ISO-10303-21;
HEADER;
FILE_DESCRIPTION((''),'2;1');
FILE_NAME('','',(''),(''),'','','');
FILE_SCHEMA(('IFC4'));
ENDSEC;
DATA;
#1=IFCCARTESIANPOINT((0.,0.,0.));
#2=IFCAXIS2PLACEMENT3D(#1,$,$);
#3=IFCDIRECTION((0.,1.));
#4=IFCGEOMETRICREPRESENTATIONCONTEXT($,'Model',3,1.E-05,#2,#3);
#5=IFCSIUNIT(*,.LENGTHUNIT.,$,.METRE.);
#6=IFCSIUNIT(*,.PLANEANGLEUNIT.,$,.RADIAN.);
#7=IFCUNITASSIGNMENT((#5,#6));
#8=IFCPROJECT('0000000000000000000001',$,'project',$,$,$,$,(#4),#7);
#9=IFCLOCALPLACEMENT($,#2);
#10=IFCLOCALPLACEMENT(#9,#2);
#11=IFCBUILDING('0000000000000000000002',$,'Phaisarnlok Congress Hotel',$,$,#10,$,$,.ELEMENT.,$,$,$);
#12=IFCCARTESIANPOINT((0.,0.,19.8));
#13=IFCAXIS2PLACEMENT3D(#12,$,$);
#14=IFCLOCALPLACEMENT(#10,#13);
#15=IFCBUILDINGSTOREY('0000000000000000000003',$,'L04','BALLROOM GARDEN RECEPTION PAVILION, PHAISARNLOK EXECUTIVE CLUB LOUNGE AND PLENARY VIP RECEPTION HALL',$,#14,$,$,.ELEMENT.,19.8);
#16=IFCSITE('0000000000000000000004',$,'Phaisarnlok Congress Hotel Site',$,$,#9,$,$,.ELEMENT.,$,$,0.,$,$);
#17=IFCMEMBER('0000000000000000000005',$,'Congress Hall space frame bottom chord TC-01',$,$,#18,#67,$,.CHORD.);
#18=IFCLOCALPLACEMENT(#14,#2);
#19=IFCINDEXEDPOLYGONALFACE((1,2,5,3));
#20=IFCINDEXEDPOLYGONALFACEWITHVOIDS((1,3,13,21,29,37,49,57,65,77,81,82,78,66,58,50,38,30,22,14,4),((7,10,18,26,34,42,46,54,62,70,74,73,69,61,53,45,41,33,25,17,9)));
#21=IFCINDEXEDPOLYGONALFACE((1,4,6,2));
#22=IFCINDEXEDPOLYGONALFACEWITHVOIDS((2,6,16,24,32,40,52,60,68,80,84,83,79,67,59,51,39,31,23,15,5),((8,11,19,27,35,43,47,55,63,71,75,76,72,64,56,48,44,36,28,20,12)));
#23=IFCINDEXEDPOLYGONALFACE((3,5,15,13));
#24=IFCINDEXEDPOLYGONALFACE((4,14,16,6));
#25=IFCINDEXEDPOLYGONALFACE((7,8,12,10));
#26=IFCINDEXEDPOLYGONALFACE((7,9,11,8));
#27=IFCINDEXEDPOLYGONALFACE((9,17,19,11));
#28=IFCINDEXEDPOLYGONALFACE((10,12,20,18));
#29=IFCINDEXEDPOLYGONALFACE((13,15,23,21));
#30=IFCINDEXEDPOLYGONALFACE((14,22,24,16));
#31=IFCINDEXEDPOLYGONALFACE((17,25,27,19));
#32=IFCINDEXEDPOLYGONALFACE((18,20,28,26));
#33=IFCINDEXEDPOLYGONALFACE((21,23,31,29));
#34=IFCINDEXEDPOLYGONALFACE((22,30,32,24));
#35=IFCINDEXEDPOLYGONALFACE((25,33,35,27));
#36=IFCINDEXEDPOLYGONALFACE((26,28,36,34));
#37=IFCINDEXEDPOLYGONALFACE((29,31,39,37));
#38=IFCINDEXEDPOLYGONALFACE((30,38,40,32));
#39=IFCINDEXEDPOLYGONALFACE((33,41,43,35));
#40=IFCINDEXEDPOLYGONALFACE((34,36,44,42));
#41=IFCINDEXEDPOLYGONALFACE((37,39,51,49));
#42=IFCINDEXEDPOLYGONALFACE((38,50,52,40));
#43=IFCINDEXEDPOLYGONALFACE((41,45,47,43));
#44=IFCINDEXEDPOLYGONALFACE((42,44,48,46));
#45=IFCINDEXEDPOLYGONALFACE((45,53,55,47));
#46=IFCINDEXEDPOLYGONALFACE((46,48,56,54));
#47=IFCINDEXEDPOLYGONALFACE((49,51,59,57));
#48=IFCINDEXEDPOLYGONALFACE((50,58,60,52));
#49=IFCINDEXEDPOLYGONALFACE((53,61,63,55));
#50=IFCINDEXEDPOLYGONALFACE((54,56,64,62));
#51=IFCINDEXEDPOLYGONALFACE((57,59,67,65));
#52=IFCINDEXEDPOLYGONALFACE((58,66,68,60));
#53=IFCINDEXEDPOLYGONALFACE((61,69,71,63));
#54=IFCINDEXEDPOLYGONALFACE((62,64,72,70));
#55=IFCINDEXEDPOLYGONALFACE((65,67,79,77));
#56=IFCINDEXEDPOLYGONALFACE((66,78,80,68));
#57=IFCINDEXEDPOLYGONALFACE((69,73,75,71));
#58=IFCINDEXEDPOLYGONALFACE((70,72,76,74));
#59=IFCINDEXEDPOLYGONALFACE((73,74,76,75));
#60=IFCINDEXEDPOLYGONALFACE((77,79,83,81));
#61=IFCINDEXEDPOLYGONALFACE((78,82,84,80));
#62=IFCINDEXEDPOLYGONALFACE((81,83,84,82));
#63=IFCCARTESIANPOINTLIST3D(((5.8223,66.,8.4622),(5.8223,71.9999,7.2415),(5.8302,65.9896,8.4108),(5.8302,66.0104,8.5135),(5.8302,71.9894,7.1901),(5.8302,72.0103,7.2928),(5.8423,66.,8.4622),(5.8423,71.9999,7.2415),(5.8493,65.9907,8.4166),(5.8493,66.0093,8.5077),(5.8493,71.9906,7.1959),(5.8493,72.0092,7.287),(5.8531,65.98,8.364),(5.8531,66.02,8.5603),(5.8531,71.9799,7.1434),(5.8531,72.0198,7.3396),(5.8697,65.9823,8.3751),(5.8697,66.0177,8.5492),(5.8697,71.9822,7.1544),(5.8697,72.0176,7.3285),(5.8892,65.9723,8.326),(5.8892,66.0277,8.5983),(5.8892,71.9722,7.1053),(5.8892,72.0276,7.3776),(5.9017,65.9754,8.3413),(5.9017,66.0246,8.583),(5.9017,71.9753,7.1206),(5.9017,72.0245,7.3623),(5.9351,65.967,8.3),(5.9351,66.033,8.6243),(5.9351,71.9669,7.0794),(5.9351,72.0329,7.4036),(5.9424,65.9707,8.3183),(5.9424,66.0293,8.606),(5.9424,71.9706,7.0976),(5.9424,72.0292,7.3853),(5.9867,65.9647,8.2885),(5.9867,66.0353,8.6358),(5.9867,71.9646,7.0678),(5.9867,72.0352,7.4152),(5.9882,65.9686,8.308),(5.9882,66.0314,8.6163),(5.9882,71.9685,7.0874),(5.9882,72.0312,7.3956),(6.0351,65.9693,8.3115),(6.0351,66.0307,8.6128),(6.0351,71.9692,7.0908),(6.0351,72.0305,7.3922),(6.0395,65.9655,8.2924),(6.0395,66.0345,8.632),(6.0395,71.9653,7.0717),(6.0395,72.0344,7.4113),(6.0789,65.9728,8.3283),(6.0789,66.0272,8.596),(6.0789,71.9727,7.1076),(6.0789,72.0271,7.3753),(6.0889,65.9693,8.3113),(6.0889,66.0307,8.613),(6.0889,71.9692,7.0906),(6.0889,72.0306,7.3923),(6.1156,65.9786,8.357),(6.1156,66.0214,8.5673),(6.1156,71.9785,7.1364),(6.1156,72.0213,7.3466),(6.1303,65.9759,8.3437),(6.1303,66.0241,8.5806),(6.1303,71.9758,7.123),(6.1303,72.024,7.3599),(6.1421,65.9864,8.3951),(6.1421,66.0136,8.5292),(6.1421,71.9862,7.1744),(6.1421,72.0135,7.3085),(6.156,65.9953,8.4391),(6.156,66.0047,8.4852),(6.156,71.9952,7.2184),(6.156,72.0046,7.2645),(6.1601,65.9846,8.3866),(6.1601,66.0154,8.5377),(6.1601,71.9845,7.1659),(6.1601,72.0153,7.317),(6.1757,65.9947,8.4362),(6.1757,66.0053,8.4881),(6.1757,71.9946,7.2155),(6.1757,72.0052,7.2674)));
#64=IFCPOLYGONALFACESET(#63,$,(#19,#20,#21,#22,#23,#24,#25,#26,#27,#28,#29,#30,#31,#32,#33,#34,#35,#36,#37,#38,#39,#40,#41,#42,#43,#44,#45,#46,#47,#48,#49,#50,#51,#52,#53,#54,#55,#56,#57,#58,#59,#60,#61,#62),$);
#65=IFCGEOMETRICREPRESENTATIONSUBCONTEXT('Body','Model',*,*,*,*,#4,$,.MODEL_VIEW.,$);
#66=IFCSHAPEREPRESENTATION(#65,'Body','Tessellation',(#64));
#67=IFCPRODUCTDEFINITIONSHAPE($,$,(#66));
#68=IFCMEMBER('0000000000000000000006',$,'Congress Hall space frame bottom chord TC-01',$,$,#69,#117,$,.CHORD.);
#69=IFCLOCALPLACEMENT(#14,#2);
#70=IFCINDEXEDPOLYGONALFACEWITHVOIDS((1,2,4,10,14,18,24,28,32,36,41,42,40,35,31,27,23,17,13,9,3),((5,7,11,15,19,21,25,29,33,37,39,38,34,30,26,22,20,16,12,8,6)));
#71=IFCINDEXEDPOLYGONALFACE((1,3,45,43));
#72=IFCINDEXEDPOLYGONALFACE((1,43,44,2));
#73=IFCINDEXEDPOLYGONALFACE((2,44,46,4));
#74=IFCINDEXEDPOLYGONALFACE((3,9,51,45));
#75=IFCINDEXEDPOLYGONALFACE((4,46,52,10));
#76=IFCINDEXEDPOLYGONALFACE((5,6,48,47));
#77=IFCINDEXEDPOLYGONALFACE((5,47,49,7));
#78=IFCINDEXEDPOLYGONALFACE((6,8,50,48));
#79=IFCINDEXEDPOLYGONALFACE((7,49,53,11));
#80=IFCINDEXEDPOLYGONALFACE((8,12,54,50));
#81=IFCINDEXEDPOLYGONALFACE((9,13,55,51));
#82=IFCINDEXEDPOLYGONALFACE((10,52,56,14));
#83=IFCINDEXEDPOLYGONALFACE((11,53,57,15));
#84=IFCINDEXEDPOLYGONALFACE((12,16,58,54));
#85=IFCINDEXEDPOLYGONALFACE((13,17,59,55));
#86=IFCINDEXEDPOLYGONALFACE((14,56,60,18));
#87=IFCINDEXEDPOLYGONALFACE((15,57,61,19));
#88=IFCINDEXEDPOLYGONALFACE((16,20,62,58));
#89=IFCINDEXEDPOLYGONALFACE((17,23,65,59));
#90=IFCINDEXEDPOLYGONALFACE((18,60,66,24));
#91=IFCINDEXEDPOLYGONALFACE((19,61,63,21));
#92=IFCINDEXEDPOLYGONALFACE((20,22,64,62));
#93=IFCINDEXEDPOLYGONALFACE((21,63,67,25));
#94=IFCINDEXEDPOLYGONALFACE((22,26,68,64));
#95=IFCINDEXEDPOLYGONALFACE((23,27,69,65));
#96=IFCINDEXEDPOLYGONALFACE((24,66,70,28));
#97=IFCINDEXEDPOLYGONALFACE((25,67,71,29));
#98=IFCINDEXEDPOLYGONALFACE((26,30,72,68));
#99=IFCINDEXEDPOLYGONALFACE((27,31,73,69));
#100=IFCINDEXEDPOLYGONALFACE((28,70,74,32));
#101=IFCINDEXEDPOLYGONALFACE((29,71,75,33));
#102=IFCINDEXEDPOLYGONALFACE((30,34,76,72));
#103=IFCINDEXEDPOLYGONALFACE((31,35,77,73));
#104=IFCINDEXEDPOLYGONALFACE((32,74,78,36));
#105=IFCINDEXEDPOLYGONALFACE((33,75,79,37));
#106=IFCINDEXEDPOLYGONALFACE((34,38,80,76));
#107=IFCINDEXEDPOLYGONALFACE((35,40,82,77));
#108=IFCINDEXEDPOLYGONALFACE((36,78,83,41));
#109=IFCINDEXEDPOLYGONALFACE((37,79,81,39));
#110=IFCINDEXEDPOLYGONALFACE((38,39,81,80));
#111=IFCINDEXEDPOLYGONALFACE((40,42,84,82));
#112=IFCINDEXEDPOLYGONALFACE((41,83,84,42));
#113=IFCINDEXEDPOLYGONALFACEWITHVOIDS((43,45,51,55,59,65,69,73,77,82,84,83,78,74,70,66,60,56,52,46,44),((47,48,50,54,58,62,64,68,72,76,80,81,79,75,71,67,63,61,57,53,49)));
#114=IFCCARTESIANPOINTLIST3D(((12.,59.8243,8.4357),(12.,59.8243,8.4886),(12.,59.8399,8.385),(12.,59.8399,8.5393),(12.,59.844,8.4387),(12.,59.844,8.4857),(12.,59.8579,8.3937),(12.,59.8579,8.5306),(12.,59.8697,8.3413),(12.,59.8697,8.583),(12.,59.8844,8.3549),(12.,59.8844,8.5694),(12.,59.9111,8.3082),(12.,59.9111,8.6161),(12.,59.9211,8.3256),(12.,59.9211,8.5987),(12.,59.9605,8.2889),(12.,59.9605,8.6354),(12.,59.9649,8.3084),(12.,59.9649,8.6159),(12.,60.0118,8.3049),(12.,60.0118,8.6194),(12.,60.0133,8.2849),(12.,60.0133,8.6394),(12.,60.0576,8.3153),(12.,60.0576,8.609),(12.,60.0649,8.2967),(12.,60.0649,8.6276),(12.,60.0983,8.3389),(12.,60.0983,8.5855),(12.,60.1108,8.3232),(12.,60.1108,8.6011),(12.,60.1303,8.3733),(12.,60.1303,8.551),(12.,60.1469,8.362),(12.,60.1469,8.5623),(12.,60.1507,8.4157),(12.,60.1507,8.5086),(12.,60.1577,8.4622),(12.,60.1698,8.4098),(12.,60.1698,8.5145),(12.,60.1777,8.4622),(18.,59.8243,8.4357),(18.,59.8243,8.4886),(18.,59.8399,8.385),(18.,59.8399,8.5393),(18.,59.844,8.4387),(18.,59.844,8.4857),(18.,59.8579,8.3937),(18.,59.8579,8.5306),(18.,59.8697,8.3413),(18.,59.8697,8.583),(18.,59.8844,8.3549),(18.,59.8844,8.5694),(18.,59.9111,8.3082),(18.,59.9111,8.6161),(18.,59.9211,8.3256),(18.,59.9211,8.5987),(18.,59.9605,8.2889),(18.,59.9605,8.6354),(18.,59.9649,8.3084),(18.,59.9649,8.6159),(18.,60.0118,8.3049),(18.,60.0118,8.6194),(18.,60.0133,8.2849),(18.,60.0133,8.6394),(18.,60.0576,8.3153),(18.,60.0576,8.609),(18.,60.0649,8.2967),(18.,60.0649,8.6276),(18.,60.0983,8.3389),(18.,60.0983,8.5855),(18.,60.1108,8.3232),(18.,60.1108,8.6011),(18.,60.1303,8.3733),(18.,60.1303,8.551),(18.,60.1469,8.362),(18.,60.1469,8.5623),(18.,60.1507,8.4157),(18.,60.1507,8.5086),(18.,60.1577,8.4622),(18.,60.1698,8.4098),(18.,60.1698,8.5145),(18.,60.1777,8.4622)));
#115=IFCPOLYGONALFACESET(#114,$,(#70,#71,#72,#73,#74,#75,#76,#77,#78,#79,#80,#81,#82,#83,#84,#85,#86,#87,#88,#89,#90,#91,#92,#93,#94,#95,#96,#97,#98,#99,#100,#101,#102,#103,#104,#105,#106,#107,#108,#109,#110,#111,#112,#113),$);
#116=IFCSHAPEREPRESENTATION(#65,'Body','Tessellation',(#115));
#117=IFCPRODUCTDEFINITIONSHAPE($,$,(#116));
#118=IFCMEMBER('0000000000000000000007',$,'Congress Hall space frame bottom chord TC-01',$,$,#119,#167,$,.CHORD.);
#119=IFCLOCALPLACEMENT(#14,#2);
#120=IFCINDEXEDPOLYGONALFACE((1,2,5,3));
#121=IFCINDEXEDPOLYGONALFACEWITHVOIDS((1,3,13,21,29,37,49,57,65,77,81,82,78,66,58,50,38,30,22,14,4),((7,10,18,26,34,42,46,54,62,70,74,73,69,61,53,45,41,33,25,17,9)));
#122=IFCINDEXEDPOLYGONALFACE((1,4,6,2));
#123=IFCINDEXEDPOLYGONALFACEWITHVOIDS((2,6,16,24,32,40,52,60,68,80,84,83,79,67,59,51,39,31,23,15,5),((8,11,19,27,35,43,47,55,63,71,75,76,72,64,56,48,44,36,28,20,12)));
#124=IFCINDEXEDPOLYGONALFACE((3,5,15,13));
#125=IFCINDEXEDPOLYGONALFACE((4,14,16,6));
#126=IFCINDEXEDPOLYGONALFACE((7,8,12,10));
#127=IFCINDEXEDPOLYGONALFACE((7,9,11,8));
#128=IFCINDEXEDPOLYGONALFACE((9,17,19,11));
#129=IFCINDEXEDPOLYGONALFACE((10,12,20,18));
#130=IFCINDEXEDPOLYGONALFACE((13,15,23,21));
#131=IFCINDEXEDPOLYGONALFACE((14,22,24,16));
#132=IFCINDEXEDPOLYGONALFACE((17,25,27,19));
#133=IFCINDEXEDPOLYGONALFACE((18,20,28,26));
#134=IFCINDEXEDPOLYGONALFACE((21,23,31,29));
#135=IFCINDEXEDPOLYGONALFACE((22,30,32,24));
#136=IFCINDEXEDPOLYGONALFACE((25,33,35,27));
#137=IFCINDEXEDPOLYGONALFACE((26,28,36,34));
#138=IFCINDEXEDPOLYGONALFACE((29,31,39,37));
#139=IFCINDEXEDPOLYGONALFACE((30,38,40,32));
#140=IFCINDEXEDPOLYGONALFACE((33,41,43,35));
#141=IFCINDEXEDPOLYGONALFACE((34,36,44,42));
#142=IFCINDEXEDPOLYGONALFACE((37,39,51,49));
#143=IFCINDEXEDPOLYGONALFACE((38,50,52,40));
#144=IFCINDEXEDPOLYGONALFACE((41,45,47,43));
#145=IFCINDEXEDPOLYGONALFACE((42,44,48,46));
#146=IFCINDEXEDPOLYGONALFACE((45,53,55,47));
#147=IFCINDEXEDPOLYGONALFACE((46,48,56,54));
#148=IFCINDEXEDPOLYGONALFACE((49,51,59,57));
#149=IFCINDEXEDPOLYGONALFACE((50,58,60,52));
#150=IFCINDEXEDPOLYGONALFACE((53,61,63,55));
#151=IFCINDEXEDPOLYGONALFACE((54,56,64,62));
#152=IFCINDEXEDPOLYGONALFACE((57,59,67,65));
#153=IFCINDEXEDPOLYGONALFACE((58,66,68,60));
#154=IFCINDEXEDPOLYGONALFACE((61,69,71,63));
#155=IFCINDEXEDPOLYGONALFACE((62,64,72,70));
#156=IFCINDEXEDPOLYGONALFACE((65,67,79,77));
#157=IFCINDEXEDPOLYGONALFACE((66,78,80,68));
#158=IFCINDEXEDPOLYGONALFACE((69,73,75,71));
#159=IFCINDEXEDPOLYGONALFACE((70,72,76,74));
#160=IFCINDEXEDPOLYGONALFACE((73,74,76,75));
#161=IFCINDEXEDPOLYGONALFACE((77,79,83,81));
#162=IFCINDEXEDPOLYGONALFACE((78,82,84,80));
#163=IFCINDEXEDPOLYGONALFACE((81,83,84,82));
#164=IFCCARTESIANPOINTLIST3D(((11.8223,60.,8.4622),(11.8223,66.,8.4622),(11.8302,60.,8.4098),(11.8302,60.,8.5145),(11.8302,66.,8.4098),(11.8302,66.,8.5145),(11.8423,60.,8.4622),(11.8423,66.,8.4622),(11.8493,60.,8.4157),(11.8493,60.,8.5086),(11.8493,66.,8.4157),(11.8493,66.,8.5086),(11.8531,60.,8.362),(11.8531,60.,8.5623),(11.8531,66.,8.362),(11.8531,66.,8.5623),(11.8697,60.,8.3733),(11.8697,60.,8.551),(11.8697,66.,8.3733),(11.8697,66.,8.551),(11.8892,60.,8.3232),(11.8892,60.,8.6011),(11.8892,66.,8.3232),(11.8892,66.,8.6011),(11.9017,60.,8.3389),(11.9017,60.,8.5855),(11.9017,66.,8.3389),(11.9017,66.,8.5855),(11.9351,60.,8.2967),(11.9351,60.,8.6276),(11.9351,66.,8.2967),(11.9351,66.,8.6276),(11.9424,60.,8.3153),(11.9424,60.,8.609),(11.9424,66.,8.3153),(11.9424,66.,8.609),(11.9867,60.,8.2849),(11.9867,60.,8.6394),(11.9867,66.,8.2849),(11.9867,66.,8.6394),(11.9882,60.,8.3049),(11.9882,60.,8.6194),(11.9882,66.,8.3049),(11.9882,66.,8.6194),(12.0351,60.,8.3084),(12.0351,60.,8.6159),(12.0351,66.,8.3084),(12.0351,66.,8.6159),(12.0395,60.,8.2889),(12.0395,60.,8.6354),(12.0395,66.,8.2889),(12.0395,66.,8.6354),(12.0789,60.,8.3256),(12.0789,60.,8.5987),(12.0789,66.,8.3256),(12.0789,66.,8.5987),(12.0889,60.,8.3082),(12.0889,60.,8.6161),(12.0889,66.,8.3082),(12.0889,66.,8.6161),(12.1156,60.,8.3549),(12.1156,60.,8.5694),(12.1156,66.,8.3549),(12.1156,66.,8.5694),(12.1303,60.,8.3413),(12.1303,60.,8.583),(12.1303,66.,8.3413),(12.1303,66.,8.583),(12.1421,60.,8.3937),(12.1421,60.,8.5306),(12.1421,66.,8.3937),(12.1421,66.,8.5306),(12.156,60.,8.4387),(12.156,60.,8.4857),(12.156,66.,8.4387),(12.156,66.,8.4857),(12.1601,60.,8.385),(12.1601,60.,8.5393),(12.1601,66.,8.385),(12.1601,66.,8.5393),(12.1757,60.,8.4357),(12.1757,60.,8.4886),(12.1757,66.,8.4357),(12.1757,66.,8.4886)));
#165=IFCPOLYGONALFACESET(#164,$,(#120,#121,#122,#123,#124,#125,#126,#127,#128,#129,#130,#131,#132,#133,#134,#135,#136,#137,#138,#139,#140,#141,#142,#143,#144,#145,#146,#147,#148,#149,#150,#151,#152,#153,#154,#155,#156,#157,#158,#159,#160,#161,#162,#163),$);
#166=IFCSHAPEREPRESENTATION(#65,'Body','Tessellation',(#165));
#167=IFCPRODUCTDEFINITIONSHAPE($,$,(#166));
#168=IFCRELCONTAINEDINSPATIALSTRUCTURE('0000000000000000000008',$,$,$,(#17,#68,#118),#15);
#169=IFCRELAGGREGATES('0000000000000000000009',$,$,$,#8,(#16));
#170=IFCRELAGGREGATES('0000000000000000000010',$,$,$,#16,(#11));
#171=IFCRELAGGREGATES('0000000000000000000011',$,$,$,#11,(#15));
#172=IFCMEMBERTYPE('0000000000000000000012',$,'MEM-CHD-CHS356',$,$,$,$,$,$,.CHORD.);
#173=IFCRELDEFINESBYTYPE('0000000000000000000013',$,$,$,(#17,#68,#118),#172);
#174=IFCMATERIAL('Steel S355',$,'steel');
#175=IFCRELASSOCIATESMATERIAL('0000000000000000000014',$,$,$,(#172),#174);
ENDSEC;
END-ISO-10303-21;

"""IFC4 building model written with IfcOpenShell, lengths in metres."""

from ifc_helpers import new_model, si_unit, direction, frame, origin, origin_2d, place, context, subcontext, project, spatial, hollow_circle, extrude, material, material_profile, profile_set, type_object, element, save


model = new_model("IFC4")

# Units and contexts
model_context = context("Model", 3, precision=1e-05, world=origin(), true_north=direction((0.0, 1.0)))
body_context = subcontext(model_context, "Body", "Model", "MODEL_VIEW")
ifc_project = project(units=[si_unit("LENGTHUNIT", "METRE"), si_unit("PLANEANGLEUNIT", "RADIAN")], contexts=[model_context])

# Site, building, storey
site_placement = place(None, origin())
site = spatial("IfcSite", under=ifc_project, at=site_placement, Name="Phaisarnlok Congress Hotel Site", CompositionType="ELEMENT", RefElevation=0.0)
building_placement = place(site_placement, origin())
building = spatial("IfcBuilding", under=site, at=building_placement, Name="Phaisarnlok Congress Hotel", CompositionType="ELEMENT")
storey_placement = place(building_placement, frame((0.0, 0.0, 19.8)))
storey = spatial("IfcBuildingStorey", under=building, at=storey_placement, Name="L04", Description="BALLROOM GARDEN RECEPTION PAVILION, PHAISARNLOK EXECUTIVE CLUB LOUNGE AND PLENARY VIP RECEPTION HALL", CompositionType="ELEMENT", Elevation=19.8)

# Members
ifc_material = material(Name="Steel S355", Category="steel")
ifc_material_profile_1 = material_profile(ifc_material, hollow_circle(Radius=0.1777, WallThickness=0.02, at=origin_2d()), Name="CHS 355.6x20")
ifc_profile_set_1 = profile_set([ifc_material_profile_1], Name="Steel S355")
member_type_1 = type_object("IfcMemberType", Name="MEM-CHD-CHS356", PredefinedType="CHORD", material=ifc_profile_set_1)
member_1_placement = place(storey_placement, frame((6.0, 66.0, 8.4622), z_axis=(0.0, 0.979925, -0.199366), x_axis=(-1.0, 0.0, 0.0)))
element("IfcMember", 1, at=member_1_placement, inside=storey, type_object=member_type_1, Name="Congress Hall space frame bottom chord TC-01", PredefinedType="CHORD", context=body_context, shape_type="SweptSolid", body=[
    extrude(hollow_circle(Radius=0.1777, WallThickness=0.02, at=origin_2d()), origin(), (0.0, 0.0, 1.0), 6.1228),
])
for number, where, z_axis, x_axis, name in (
    (2, (12.0, 60.0, 8.4622), (1.0, 0.0, 0.0), (0.0, 1.0, 0.0), "Congress Hall space frame bottom chord TC-01"),
    (3, (12.0, 60.0, 8.4622), (0.0, 1.0, 0.0), (-1.0, 0.0, 0.0), "Congress Hall space frame bottom chord TC-01"),
):
    element("IfcMember", number, at=place(storey_placement, frame(where, z_axis=z_axis, x_axis=x_axis)), inside=storey, type_object=member_type_1, Name=name, PredefinedType="CHORD", context=body_context, shape_type="SweptSolid", body=[
        extrude(hollow_circle(Radius=0.1777, WallThickness=0.02, at=origin_2d()), origin(), (0.0, 0.0, 1.0), 6.0),
    ])

save(model, "model.ifc")
